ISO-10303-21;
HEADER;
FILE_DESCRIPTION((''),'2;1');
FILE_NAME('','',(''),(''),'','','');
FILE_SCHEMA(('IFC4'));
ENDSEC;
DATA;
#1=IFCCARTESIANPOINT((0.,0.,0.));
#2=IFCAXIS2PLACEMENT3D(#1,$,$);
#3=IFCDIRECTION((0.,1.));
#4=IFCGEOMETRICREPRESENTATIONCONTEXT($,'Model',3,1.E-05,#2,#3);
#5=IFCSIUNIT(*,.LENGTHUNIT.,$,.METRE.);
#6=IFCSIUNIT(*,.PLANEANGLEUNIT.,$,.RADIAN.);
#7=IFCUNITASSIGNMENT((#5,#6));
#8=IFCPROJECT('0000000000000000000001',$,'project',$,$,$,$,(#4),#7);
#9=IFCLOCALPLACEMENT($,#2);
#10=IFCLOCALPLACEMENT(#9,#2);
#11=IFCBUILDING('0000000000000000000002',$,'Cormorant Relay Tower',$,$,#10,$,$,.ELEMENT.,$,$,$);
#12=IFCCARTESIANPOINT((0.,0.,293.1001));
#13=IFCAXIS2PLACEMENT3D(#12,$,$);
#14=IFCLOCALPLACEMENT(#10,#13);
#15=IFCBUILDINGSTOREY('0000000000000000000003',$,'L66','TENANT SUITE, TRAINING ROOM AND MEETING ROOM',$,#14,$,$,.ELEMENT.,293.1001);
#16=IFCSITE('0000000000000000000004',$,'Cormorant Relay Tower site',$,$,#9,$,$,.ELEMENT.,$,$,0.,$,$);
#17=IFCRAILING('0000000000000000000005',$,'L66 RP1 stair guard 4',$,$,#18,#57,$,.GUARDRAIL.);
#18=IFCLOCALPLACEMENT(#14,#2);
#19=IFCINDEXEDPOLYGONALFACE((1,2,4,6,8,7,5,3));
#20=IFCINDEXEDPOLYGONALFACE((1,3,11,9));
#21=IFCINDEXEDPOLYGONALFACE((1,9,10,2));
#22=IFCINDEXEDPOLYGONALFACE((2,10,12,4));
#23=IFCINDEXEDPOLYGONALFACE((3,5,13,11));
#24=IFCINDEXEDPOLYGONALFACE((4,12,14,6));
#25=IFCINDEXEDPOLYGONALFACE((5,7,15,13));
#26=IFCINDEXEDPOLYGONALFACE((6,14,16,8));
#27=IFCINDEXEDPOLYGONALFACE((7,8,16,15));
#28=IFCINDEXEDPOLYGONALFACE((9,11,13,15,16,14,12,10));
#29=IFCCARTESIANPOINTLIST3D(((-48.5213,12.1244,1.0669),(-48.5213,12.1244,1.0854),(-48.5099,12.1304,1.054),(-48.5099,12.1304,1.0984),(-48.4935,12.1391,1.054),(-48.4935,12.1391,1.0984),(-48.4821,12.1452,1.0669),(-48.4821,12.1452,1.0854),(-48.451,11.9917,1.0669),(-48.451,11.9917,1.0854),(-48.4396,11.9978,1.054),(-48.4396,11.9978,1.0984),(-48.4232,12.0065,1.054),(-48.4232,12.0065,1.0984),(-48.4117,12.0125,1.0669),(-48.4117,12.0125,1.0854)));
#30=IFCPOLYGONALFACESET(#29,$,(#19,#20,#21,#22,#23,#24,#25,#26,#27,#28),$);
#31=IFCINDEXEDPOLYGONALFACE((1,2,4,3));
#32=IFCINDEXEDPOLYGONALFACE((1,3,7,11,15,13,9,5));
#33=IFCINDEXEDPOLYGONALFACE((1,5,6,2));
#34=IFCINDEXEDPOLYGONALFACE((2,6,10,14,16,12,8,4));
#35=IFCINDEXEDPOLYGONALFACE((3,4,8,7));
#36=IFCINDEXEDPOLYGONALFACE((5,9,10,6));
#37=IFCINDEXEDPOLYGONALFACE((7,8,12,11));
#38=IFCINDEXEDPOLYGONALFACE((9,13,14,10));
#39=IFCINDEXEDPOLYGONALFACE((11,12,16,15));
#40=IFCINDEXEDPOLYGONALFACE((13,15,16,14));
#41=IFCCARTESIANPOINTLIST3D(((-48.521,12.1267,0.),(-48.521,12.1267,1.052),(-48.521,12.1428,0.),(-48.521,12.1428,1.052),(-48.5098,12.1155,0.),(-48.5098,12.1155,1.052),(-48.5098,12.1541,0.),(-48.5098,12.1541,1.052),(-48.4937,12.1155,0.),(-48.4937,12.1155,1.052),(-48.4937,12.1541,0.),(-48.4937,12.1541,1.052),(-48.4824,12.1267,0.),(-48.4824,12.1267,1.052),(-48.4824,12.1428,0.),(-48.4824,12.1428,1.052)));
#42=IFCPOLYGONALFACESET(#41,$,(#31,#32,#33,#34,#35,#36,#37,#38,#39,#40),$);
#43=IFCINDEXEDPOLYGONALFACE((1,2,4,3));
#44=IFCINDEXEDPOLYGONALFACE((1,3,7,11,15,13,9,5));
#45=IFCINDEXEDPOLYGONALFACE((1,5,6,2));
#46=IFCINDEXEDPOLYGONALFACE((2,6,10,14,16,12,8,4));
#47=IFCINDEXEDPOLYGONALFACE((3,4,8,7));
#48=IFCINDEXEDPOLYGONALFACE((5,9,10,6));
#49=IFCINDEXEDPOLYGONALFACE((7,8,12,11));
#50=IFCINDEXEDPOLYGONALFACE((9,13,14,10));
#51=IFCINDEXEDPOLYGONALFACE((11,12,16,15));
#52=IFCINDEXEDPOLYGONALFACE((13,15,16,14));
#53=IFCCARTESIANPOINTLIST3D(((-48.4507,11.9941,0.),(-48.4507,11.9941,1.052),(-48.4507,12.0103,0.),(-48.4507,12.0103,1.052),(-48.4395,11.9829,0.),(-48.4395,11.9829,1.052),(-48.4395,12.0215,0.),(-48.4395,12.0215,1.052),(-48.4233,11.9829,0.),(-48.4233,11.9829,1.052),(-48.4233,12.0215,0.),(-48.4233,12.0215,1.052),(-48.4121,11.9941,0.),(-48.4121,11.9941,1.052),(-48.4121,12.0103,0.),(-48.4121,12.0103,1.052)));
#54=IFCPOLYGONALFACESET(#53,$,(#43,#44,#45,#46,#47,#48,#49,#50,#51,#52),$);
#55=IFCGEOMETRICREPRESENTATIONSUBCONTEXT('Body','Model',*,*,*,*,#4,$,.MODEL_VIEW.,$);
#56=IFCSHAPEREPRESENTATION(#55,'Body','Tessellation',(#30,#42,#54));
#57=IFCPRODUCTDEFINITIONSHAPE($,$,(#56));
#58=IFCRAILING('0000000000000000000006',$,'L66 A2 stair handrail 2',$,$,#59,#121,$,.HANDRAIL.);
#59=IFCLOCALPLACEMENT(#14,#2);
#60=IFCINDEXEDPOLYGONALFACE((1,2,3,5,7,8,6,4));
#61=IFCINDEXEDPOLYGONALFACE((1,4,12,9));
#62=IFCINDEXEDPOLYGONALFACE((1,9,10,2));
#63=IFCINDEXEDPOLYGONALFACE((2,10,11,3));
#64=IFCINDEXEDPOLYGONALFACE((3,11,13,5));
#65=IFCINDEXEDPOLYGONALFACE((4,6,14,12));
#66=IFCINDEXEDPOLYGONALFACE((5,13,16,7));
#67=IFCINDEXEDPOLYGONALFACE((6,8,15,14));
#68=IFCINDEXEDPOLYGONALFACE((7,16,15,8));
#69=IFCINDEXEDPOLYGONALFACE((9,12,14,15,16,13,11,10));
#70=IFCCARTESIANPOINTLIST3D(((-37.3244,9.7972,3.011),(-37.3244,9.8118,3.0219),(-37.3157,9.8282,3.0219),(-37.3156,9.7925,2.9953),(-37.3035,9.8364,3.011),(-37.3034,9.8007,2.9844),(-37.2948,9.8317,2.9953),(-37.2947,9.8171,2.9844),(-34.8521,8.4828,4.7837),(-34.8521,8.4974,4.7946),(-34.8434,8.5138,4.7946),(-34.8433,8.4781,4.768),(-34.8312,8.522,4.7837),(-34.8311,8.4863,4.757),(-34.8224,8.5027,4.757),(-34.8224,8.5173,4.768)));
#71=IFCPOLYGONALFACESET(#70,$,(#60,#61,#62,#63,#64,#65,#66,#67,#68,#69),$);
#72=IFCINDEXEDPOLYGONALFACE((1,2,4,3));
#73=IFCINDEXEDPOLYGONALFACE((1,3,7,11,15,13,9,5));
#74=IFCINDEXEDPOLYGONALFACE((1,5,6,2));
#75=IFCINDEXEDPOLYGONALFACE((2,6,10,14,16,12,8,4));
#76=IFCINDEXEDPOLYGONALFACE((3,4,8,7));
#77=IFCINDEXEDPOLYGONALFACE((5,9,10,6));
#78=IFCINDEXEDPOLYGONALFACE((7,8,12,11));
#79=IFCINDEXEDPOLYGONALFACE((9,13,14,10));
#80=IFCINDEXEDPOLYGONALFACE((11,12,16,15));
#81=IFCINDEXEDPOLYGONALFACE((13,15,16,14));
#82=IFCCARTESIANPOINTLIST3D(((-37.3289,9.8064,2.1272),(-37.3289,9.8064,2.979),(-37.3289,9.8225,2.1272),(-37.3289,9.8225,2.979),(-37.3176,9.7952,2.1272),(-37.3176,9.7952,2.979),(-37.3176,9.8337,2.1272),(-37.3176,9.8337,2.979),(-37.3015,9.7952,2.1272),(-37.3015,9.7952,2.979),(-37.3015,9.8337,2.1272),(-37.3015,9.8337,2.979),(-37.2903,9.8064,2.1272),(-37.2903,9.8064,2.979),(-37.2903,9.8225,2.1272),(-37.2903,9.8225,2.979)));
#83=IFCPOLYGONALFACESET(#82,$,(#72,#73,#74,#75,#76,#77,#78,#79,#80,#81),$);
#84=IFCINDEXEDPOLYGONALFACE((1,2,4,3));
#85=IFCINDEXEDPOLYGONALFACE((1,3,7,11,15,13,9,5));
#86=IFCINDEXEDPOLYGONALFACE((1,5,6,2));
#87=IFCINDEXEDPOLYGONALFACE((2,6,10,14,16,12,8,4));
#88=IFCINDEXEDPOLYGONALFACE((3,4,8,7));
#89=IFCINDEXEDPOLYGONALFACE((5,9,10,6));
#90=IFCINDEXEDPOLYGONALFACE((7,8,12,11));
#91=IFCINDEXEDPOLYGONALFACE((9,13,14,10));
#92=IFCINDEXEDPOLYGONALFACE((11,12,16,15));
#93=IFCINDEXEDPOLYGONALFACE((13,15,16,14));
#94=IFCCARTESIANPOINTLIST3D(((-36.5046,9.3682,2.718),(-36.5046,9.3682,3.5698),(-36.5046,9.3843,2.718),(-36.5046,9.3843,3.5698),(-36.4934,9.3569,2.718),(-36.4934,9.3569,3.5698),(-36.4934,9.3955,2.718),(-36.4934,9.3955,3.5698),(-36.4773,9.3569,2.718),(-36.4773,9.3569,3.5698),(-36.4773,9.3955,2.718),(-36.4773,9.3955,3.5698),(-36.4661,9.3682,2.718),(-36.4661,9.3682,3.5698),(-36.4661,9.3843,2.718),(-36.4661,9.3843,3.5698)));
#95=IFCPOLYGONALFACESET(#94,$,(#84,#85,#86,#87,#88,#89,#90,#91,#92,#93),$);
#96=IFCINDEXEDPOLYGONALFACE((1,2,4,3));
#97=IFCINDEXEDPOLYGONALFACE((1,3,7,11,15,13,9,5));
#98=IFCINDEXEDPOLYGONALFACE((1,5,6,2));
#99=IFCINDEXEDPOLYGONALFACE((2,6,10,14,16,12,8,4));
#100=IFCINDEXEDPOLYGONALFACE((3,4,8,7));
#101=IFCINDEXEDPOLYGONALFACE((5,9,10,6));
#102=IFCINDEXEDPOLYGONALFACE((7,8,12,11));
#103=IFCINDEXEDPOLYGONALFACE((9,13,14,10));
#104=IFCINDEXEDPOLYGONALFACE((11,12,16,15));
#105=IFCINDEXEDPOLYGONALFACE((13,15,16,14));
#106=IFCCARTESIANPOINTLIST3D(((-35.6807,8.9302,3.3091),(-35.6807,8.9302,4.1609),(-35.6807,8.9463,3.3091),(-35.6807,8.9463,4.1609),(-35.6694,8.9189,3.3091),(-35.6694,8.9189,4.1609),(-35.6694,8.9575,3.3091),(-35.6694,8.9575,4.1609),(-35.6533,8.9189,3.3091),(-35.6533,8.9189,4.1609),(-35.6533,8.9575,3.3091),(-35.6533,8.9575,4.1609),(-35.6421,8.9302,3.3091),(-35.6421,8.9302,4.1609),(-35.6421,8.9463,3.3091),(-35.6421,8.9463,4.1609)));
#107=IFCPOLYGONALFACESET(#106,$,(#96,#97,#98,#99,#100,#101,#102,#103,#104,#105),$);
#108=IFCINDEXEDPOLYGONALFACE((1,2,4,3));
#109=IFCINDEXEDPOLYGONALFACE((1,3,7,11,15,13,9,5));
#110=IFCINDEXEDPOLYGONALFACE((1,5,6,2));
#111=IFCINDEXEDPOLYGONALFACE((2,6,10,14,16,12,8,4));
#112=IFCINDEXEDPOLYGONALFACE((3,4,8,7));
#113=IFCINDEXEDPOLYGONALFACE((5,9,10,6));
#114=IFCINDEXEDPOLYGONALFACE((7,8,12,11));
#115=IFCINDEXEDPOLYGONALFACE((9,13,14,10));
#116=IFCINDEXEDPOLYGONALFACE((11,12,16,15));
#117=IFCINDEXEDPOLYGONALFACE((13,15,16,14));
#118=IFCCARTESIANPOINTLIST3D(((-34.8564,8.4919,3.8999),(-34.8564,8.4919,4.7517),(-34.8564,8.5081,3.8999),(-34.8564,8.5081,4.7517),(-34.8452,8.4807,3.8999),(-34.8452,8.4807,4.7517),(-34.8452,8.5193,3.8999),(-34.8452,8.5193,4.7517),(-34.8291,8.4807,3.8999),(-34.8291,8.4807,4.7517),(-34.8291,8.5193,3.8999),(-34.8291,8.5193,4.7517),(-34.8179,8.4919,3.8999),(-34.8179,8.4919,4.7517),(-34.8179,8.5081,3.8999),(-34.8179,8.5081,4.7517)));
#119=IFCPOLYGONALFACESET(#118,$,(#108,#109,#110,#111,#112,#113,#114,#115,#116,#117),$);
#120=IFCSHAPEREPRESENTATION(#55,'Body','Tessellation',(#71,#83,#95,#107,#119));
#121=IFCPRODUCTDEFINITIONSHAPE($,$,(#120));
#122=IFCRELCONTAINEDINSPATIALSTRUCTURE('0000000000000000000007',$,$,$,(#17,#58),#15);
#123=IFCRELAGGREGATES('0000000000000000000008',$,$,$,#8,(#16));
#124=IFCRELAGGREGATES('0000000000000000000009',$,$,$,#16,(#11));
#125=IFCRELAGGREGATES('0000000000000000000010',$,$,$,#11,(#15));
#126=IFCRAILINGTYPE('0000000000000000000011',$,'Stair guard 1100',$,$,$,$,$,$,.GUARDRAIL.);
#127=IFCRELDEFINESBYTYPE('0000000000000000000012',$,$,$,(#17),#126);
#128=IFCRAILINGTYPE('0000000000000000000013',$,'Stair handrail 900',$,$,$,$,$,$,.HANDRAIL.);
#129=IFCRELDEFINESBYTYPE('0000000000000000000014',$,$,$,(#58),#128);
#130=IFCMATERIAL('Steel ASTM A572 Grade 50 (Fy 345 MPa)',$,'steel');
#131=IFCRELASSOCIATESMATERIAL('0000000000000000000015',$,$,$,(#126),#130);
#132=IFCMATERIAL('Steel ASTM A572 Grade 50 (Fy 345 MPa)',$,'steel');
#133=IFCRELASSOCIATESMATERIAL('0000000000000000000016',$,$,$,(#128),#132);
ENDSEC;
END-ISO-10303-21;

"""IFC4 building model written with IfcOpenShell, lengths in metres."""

from ifc_helpers import new_model, si_unit, direction, frame, origin, place, context, subcontext, project, spatial, polyline, outline, extrude, material, type_object, element, save


model = new_model("IFC4")

# Units and contexts
model_context = context("Model", 3, precision=1e-05, world=origin(), true_north=direction((0.0, 1.0)))
body_context = subcontext(model_context, "Body", "Model", "MODEL_VIEW")
ifc_project = project(units=[si_unit("LENGTHUNIT", "METRE"), si_unit("PLANEANGLEUNIT", "RADIAN")], contexts=[model_context])

# Site, building, storey
site_placement = place(None, origin())
site = spatial("IfcSite", under=ifc_project, at=site_placement, Name="Cormorant Relay Tower site", CompositionType="ELEMENT", RefElevation=0.0)
building_placement = place(site_placement, origin())
building = spatial("IfcBuilding", under=site, at=building_placement, Name="Cormorant Relay Tower", CompositionType="ELEMENT")
storey_placement = place(building_placement, frame((0.0, 0.0, 293.1001)))
storey = spatial("IfcBuildingStorey", under=building, at=storey_placement, Name="L66", Description="TENANT SUITE, TRAINING ROOM AND MEETING ROOM", CompositionType="ELEMENT", Elevation=293.1001)

# Railings
ifc_material_1 = material(Name="Steel ASTM A572 Grade 50 (Fy 345 MPa)", Category="steel")
railing_type_1 = type_object("IfcRailingType", Name="Stair guard 1100", PredefinedType="GUARDRAIL", material=ifc_material_1)
railing_1_placement = place(storey_placement, frame((-48.5017, 12.1348, 0.0)))
element("IfcRailing", 1, at=railing_1_placement, inside=storey, type_object=railing_type_1, Name="L66 RP1 stair guard 4", PredefinedType="GUARDRAIL", context=body_context, shape_type="SweptSolid", body=[
    extrude(outline(polyline([(0.0222, 0.0093), (0.0093, 0.0222), (-0.0093, 0.0222), (-0.0222, 0.0093), (-0.0222, -0.0093), (-0.0093, -0.0222), (0.0093, -0.0222), (0.0222, -0.0093), (0.0222, 0.0093)])), frame((0.0, 0.0, 1.0762), z_axis=(0.46856, -0.883431, 0.0), x_axis=(0.883431, 0.46856, 0.0)), (0.0, 0.0, 1.0), 0.1501),
    extrude(outline(polyline([(0.0193, 0.0081), (0.0081, 0.0193), (-0.0081, 0.0193), (-0.0193, 0.0081), (-0.0193, -0.0081), (-0.0081, -0.0193), (0.0081, -0.0193), (0.0193, -0.0081), (0.0193, 0.0081)])), origin(), (0.0, 0.0, 1.0), 1.052),
    extrude(outline(polyline([(0.0193, 0.0081), (0.0081, 0.0193), (-0.0081, 0.0193), (-0.0193, 0.0081), (-0.0193, -0.0081), (-0.0081, -0.0193), (0.0081, -0.0193), (0.0193, -0.0081), (0.0193, 0.0081)])), frame((0.0703, -0.1326, 0.0)), (0.0, 0.0, 1.0), 1.052),
])
ifc_material_2 = material(Name="Steel ASTM A572 Grade 50 (Fy 345 MPa)", Category="steel")
railing_type_2 = type_object("IfcRailingType", Name="Stair handrail 900", PredefinedType="HANDRAIL", material=ifc_material_2)
railing_2_placement = place(storey_placement, frame((-37.3096, 9.8145, 2.1272)))
element("IfcRailing", 2, at=railing_2_placement, inside=storey, type_object=railing_type_2, Name="L66 A2 stair handrail 2", PredefinedType="HANDRAIL", context=body_context, shape_type="SweptSolid", body=[
    extrude(outline(polyline([(0.0222, 0.0093), (0.0093, 0.0222), (-0.0093, 0.0222), (-0.0222, 0.0093), (-0.0222, -0.0093), (-0.0093, -0.0222), (0.0093, -0.0222), (0.0222, -0.0093), (0.0222, 0.0093)])), frame((0.0, 0.0, 0.876), z_axis=(0.746034, -0.396627, 0.534902), x_axis=(0.469429, 0.88297, 0.0)), (0.0, 0.0, 1.0), 3.314),
    extrude(outline(polyline([(0.0193, 0.0081), (0.0081, 0.0193), (-0.0081, 0.0193), (-0.0193, 0.0081), (-0.0193, -0.0081), (-0.0081, -0.0193), (0.0081, -0.0193), (0.0193, -0.0081), (0.0193, 0.0081)])), origin(), (0.0, 0.0, 1.0), 0.8518),
    extrude(outline(polyline([(0.0193, 0.0081), (0.0081, 0.0193), (-0.0081, 0.0193), (-0.0193, 0.0081), (-0.0193, -0.0081), (-0.0081, -0.0193), (0.0081, -0.0193), (0.0193, -0.0081), (0.0193, 0.0081)])), frame((0.8242, -0.4382, 0.5908)), (0.0, 0.0, 1.0), 0.8518),
    extrude(outline(polyline([(0.0193, 0.0081), (0.0081, 0.0193), (-0.0081, 0.0193), (-0.0193, 0.0081), (-0.0193, -0.0081), (-0.0081, -0.0193), (0.0081, -0.0193), (0.0193, -0.0081), (0.0193, 0.0081)])), frame((1.6482, -0.8762, 1.1819)), (0.0, 0.0, 1.0), 0.8518),
    extrude(outline(polyline([(0.0193, 0.0081), (0.0081, 0.0193), (-0.0081, 0.0193), (-0.0193, 0.0081), (-0.0193, -0.0081), (-0.0081, -0.0193), (0.0081, -0.0193), (0.0193, -0.0081), (0.0193, 0.0081)])), frame((2.4724, -1.3145, 1.7727)), (0.0, 0.0, 1.0), 0.8518),
])

save(model, "model.ifc")
